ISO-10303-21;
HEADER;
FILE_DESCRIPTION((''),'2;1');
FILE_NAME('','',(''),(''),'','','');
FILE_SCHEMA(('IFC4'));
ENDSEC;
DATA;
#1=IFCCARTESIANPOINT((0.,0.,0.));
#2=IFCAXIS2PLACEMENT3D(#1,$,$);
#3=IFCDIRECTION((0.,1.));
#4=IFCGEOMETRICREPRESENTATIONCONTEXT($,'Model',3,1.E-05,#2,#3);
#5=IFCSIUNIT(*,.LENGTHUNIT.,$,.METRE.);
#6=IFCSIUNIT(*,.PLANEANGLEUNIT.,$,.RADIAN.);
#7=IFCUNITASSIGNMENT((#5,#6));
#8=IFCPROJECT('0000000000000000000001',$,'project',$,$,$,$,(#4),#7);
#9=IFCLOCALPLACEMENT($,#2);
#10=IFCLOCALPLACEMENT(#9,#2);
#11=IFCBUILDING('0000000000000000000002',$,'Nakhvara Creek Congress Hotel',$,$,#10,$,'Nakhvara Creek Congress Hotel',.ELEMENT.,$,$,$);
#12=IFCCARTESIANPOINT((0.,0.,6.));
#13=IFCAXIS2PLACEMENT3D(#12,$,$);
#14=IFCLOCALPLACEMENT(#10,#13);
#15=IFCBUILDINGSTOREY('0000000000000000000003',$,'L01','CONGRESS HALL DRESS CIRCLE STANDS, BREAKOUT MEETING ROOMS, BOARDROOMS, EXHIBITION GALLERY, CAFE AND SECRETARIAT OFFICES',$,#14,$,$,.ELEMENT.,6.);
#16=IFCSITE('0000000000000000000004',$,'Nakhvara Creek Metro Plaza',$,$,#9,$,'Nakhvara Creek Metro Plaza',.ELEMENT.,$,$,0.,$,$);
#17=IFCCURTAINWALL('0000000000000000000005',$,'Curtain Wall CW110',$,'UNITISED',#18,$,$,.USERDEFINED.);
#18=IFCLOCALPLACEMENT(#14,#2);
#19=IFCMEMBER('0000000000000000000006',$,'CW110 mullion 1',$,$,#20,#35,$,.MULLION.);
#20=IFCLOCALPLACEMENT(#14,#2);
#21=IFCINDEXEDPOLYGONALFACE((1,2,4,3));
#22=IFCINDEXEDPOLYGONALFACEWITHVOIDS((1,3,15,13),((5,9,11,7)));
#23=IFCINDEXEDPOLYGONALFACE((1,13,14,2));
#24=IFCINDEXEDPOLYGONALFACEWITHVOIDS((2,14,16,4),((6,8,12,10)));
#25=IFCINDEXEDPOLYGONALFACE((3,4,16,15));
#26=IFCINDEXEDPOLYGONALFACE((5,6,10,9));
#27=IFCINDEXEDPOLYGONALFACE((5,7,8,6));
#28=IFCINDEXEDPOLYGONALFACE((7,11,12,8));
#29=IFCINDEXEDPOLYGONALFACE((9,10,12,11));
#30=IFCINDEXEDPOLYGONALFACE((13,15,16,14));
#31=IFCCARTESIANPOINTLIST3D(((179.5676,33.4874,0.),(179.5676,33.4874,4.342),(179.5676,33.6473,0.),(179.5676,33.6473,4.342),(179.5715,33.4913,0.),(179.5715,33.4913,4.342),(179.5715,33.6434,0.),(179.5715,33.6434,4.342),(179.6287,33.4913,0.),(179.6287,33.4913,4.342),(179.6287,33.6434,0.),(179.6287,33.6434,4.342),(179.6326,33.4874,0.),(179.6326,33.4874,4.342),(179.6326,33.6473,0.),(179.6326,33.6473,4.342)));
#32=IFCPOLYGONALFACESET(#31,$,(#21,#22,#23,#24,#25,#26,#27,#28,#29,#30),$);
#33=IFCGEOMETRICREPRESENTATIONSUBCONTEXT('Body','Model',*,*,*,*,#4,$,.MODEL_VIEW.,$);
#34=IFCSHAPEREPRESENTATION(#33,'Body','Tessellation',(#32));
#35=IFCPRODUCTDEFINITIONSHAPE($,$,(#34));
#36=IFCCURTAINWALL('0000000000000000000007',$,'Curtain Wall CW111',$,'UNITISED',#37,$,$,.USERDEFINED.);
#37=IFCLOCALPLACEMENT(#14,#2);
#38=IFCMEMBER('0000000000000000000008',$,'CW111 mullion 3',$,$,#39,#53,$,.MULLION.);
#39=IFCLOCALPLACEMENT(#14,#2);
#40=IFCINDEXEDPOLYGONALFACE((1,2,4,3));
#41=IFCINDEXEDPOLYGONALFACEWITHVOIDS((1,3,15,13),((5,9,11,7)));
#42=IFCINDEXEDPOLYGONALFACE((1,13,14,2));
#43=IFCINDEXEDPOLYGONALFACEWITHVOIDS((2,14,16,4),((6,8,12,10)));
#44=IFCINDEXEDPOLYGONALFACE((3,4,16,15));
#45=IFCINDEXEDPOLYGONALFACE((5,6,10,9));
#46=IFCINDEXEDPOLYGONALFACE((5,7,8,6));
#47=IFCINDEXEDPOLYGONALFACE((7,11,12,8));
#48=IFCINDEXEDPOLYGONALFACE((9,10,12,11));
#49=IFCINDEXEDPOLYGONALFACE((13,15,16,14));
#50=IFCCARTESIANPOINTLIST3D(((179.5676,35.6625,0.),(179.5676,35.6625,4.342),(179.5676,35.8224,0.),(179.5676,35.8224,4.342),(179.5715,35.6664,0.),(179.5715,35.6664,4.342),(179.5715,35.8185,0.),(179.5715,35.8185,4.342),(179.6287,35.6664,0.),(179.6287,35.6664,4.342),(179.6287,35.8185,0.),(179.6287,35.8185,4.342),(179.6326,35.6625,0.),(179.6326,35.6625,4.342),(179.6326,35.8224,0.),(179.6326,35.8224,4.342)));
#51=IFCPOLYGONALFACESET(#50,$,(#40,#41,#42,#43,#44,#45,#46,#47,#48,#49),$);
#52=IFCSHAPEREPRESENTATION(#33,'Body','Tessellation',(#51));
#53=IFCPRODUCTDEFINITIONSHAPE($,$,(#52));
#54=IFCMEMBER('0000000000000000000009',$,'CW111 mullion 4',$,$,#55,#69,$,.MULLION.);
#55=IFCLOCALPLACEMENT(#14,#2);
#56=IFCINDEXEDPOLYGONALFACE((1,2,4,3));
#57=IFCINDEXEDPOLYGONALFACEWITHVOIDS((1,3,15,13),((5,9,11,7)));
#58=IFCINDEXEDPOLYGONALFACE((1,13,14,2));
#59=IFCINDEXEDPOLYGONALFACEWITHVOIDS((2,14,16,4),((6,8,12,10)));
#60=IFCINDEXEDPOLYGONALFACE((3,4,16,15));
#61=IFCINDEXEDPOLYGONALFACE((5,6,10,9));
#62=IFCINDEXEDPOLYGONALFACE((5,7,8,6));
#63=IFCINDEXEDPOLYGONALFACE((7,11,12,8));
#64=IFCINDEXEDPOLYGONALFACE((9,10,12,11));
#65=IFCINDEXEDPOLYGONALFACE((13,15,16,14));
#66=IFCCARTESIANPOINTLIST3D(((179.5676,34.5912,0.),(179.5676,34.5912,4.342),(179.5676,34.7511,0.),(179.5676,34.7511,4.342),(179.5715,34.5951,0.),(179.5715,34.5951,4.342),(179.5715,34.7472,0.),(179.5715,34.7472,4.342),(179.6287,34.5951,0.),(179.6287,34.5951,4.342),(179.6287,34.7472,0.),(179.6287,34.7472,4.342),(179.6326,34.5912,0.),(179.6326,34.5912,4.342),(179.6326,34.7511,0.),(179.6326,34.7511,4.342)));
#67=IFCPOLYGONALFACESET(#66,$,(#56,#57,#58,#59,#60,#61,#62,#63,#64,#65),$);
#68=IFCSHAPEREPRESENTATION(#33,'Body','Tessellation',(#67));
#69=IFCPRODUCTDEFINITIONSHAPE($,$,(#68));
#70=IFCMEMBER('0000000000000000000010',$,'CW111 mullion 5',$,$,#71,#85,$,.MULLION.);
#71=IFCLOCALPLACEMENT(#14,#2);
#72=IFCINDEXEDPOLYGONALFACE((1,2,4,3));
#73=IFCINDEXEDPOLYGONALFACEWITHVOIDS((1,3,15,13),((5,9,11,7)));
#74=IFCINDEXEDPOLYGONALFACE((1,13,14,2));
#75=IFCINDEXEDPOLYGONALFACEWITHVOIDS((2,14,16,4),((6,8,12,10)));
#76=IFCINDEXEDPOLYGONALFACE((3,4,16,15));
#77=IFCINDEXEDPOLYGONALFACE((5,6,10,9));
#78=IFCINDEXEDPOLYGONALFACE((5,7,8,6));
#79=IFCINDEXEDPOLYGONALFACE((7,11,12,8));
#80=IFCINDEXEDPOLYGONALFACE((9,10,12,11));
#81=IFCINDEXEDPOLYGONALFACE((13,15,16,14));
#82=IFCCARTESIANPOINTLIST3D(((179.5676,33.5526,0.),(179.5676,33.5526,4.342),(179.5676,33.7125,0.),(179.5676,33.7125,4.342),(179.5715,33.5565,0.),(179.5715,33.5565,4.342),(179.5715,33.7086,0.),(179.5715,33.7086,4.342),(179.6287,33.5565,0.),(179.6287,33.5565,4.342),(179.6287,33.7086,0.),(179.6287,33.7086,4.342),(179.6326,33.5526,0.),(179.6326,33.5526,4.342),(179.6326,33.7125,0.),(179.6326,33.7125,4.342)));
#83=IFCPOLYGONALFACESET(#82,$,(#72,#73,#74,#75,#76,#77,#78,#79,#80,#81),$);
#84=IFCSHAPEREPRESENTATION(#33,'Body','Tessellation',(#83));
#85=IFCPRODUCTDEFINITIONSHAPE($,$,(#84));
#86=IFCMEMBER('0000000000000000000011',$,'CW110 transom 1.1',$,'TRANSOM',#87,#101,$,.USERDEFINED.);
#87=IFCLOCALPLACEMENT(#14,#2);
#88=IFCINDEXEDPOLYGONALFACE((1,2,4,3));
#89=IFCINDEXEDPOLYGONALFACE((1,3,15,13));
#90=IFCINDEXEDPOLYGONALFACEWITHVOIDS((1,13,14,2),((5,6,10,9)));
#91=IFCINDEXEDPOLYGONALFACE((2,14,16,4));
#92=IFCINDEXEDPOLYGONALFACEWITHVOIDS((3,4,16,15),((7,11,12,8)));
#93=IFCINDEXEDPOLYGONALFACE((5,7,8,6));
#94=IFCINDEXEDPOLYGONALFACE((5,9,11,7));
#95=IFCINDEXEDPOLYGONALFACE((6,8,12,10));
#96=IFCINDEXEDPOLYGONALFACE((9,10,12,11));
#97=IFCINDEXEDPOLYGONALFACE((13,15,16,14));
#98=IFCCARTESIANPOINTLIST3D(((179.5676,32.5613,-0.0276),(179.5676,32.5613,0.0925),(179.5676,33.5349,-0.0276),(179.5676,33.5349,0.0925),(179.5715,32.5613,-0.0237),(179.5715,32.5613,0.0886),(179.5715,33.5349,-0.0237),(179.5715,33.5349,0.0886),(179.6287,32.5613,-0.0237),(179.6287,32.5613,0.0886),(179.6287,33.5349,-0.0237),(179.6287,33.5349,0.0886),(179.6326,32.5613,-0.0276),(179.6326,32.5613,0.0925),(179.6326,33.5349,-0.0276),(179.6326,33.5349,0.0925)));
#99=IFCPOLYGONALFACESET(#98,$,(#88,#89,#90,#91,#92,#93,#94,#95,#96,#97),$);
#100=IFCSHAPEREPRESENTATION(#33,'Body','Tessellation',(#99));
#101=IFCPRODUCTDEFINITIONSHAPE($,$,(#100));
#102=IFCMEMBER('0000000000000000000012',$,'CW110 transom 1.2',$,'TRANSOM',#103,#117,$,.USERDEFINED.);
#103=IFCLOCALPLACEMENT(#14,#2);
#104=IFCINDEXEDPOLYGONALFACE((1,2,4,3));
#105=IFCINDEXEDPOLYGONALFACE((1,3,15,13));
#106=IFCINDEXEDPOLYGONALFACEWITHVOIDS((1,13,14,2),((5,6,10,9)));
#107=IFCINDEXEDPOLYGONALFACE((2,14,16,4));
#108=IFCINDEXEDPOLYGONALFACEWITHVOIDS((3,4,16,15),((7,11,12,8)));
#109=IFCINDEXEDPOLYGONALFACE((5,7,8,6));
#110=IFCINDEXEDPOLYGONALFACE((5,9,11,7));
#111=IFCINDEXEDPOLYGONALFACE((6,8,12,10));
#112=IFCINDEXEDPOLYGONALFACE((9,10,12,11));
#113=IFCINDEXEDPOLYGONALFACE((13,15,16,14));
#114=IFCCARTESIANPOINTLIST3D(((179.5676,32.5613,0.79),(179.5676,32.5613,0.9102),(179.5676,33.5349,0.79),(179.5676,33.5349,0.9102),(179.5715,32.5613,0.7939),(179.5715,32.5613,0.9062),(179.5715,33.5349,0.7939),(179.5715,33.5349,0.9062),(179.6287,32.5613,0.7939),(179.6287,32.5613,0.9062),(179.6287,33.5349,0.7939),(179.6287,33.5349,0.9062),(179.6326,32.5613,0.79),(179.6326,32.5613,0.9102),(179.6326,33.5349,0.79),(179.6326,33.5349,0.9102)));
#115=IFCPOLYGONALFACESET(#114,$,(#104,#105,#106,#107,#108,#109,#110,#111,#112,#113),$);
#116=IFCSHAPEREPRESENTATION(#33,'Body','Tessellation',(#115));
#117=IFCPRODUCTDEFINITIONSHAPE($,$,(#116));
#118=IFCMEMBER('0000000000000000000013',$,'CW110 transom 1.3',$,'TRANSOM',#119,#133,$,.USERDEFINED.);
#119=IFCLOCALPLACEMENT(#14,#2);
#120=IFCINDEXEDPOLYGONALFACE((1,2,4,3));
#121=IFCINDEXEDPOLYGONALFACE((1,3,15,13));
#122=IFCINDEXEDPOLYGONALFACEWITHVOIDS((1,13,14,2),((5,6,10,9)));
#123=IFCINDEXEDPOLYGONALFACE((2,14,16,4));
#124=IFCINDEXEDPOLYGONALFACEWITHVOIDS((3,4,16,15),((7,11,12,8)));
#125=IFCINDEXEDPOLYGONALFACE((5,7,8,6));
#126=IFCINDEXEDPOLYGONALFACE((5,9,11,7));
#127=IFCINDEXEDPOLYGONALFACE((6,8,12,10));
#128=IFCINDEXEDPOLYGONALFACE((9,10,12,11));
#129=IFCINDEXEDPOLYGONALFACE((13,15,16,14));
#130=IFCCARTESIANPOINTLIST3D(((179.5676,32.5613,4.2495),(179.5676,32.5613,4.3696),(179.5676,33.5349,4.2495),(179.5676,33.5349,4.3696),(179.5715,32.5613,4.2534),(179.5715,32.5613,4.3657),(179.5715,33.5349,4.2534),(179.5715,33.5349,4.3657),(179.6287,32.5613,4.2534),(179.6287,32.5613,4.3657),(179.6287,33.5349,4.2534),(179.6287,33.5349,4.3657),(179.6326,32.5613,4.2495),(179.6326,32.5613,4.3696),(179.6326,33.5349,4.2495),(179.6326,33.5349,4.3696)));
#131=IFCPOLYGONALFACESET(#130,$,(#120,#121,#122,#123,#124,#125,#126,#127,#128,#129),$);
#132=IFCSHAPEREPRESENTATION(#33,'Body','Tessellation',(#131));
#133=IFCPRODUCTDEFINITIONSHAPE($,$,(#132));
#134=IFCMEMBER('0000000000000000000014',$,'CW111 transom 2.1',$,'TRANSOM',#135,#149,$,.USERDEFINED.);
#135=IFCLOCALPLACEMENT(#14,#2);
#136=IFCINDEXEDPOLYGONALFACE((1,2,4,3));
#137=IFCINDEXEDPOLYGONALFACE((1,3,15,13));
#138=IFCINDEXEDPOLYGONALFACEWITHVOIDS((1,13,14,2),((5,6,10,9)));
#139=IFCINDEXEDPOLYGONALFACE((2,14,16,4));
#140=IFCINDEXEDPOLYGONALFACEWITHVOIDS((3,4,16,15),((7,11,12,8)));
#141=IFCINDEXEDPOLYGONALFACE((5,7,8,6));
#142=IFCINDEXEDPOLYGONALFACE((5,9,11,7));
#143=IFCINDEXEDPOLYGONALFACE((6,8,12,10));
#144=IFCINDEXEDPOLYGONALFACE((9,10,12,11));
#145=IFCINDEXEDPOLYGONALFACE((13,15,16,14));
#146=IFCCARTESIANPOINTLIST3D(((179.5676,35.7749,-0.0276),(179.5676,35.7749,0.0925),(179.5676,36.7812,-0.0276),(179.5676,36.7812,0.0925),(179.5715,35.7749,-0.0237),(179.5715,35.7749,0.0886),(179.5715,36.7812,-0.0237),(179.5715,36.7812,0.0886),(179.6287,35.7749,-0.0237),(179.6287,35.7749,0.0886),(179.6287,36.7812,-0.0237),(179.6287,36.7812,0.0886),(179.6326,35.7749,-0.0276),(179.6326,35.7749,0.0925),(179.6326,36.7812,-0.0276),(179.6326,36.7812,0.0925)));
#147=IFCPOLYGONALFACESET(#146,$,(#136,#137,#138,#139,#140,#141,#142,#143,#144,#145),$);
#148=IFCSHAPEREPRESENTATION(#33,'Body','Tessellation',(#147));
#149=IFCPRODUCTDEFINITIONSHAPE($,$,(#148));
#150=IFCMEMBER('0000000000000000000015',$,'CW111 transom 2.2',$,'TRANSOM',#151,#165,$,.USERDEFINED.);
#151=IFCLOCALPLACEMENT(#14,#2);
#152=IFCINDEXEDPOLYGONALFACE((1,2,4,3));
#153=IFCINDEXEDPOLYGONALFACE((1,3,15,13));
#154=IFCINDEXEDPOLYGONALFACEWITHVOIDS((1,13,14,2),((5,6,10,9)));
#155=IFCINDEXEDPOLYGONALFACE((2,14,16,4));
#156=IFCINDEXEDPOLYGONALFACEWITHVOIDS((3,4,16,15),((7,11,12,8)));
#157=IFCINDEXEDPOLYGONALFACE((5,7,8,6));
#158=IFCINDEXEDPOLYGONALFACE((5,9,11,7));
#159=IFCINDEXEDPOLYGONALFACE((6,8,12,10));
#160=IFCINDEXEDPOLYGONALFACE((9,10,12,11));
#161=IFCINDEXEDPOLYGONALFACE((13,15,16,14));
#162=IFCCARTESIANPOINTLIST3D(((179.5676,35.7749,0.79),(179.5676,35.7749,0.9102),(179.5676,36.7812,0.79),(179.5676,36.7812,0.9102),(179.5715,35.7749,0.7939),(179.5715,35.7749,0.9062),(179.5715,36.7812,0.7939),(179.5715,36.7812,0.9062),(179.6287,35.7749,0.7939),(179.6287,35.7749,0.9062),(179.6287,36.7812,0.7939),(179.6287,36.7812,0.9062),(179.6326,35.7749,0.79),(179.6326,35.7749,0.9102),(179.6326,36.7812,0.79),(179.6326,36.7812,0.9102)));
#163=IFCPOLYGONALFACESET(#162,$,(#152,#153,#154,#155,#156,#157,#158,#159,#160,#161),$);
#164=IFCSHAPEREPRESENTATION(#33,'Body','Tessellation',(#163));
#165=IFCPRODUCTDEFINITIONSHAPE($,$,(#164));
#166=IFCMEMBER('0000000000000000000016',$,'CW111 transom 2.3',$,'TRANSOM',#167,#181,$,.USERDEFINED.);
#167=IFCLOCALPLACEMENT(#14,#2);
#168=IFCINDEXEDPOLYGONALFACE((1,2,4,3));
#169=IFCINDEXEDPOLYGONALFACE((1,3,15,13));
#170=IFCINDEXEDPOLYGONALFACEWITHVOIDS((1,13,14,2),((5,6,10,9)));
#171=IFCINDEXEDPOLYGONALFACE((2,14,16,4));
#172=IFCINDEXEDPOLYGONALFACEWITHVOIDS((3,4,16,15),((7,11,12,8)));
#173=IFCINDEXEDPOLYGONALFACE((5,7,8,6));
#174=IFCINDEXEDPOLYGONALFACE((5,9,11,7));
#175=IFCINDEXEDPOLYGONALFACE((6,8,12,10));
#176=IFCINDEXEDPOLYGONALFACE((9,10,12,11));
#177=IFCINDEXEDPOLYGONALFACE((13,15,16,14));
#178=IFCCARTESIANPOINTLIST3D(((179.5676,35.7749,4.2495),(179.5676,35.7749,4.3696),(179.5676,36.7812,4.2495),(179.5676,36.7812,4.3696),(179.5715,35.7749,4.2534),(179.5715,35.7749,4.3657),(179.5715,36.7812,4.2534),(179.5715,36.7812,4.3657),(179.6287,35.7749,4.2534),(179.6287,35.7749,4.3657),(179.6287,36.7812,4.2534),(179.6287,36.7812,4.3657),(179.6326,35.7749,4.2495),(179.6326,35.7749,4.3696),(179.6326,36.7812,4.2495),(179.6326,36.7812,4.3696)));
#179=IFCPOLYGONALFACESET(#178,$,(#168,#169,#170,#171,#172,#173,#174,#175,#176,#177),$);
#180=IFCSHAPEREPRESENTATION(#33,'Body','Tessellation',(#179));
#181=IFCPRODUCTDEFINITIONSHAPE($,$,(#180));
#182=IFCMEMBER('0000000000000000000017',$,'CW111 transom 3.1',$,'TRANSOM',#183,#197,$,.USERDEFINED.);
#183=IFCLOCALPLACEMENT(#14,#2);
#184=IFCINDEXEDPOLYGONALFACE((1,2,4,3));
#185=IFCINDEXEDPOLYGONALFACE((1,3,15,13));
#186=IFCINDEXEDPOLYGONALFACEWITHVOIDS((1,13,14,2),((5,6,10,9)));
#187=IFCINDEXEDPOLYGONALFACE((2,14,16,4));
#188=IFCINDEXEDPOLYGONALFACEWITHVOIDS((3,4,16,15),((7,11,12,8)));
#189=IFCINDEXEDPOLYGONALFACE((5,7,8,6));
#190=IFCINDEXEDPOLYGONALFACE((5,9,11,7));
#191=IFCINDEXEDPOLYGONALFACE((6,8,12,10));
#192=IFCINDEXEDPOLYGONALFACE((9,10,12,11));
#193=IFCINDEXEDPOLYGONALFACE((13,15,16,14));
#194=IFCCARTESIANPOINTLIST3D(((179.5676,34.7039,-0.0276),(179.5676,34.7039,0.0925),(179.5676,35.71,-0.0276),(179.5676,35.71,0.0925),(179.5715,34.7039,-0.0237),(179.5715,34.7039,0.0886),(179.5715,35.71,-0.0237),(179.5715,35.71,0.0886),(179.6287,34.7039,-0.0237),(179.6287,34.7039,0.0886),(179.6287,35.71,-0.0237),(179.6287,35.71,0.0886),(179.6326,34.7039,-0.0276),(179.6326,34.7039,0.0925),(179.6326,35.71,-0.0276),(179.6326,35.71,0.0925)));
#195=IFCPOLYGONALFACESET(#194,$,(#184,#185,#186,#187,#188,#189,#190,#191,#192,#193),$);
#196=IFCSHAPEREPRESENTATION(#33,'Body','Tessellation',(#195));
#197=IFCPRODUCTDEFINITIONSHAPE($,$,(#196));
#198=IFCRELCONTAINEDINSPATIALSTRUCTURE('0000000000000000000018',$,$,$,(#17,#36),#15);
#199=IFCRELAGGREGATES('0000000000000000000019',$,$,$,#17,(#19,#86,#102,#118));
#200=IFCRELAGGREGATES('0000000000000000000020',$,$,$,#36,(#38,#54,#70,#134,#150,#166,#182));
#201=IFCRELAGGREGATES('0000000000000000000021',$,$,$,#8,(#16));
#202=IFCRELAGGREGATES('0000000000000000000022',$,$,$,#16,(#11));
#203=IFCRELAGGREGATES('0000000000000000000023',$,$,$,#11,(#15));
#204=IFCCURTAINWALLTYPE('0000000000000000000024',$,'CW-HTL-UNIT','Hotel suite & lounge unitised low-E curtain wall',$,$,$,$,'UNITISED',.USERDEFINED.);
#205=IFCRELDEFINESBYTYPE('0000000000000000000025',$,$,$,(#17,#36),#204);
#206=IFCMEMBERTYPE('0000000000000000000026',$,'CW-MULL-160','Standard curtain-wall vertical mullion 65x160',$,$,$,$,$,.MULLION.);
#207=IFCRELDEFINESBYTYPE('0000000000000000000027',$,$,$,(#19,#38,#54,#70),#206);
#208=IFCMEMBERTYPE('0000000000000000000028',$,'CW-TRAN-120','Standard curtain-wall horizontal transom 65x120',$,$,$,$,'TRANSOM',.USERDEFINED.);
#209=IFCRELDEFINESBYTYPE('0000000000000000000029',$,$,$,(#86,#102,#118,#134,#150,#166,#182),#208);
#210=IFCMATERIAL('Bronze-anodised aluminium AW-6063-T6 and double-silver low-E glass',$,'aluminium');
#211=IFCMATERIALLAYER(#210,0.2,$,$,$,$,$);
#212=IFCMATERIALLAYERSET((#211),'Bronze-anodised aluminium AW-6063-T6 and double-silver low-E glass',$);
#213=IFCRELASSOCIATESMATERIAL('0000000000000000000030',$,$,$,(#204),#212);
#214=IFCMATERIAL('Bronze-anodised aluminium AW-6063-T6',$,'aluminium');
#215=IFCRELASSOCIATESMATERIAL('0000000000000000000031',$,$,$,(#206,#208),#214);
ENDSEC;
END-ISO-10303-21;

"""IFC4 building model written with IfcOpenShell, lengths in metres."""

from ifc_helpers import new_model, si_unit, direction, frame, origin, origin_2d, place, context, subcontext, project, spatial, hollow_rectangle, extrude, material, layer, layer_set, material_profile, profile_set, type_object, element, aggregate, save


model = new_model("IFC4")

# Units and contexts
model_context = context("Model", 3, precision=1e-05, world=origin(), true_north=direction((0.0, 1.0)))
body_context = subcontext(model_context, "Body", "Model", "MODEL_VIEW")
ifc_project = project(units=[si_unit("LENGTHUNIT", "METRE"), si_unit("PLANEANGLEUNIT", "RADIAN")], contexts=[model_context])

# Site, building, storey
site_placement = place(None, origin())
site = spatial("IfcSite", under=ifc_project, at=site_placement, Name="Nakhvara Creek Metro Plaza", LongName="Nakhvara Creek Metro Plaza", CompositionType="ELEMENT", RefElevation=0.0)
building_placement = place(site_placement, origin())
building = spatial("IfcBuilding", under=site, at=building_placement, Name="Nakhvara Creek Congress Hotel", LongName="Nakhvara Creek Congress Hotel", CompositionType="ELEMENT")
storey_placement = place(building_placement, frame((0.0, 0.0, 6.0)))
storey = spatial("IfcBuildingStorey", under=building, at=storey_placement, Name="L01", Description="CONGRESS HALL DRESS CIRCLE STANDS, BREAKOUT MEETING ROOMS, BOARDROOMS, EXHIBITION GALLERY, CAFE AND SECRETARIAT OFFICES", CompositionType="ELEMENT", Elevation=6.0)

# Curtain wall, member
ifc_material_1 = material(Name="Bronze-anodised aluminium AW-6063-T6 and double-silver low-E glass", Category="aluminium")
ifc_layer = layer(ifc_material_1, 0.2)
ifc_layer_set = layer_set([ifc_layer], Name="Bronze-anodised aluminium AW-6063-T6 and double-silver low-E glass")
curtain_wall_type = type_object("IfcCurtainWallType", Name="CW-HTL-UNIT", Description="Hotel suite & lounge unitised low-E curtain wall", ElementType="UNITISED", PredefinedType="USERDEFINED", material=ifc_layer_set)
curtain_wall_1_placement = place(storey_placement, origin())
curtain_wall_1 = element("IfcCurtainWall", 1, at=curtain_wall_1_placement, inside=storey, type_object=curtain_wall_type, Name="Curtain Wall CW110", ObjectType="UNITISED", PredefinedType="USERDEFINED")
ifc_material_2 = material(Name="Bronze-anodised aluminium AW-6063-T6", Category="aluminium")
ifc_material_profile_1 = material_profile(ifc_material_2, hollow_rectangle(XDim=0.0649, YDim=0.1599, WallThickness=0.0039, at=origin_2d()), Name="ALU-MULL 65x160x4", Category="LoadBearing")
ifc_profile_set_1 = profile_set([ifc_material_profile_1], Name="Bronze-anodised aluminium AW-6063-T6")
member_type_1 = type_object("IfcMemberType", Name="CW-MULL-160", Description="Standard curtain-wall vertical mullion 65x160", PredefinedType="MULLION", material=ifc_profile_set_1)
member_1_placement = place(storey_placement, frame((179.6001, 33.5674, 0.0), z_axis=(0.0, 0.0, 1.0), x_axis=(1.0, 0.0, 0.0)))
member_1 = element("IfcMember", 2, at=member_1_placement, type_object=member_type_1, Name="CW110 mullion 1", PredefinedType="MULLION", context=body_context, shape_type="SweptSolid", body=[
    extrude(hollow_rectangle(XDim=0.0649, YDim=0.1599, WallThickness=0.0039, at=origin_2d()), origin(), (0.0, 0.0, 1.0), 4.342),
])

# Curtain wall, members
curtain_wall_2_placement = place(storey_placement, origin())
curtain_wall_2 = element("IfcCurtainWall", 3, at=curtain_wall_2_placement, inside=storey, type_object=curtain_wall_type, Name="Curtain Wall CW111", ObjectType="UNITISED", PredefinedType="USERDEFINED")
member_2_placement = place(storey_placement, frame((179.6001, 35.7424, 0.0), z_axis=(0.0, 0.0, 1.0), x_axis=(1.0, 0.0, 0.0)))
member_2 = element("IfcMember", 4, at=member_2_placement, type_object=member_type_1, Name="CW111 mullion 3", PredefinedType="MULLION", context=body_context, shape_type="SweptSolid", body=[
    extrude(hollow_rectangle(XDim=0.0649, YDim=0.1599, WallThickness=0.0039, at=origin_2d()), origin(), (0.0, 0.0, 1.0), 4.342),
])
member_3_placement = place(storey_placement, frame((179.6001, 34.6711, 0.0), z_axis=(0.0, 0.0, 1.0), x_axis=(1.0, 0.0, 0.0)))
member_3 = element("IfcMember", 5, at=member_3_placement, type_object=member_type_1, Name="CW111 mullion 4", PredefinedType="MULLION", context=body_context, shape_type="SweptSolid", body=[
    extrude(hollow_rectangle(XDim=0.0649, YDim=0.1599, WallThickness=0.0039, at=origin_2d()), origin(), (0.0, 0.0, 1.0), 4.342),
])
member_4_placement = place(storey_placement, frame((179.6001, 33.6326, 0.0), z_axis=(0.0, 0.0, 1.0), x_axis=(1.0, 0.0, 0.0)))
member_4 = element("IfcMember", 6, at=member_4_placement, type_object=member_type_1, Name="CW111 mullion 5", PredefinedType="MULLION", context=body_context, shape_type="SweptSolid", body=[
    extrude(hollow_rectangle(XDim=0.0649, YDim=0.1599, WallThickness=0.0039, at=origin_2d()), origin(), (0.0, 0.0, 1.0), 4.342),
])

# Members
ifc_material_profile_2 = material_profile(ifc_material_2, hollow_rectangle(XDim=0.0649, YDim=0.1201, WallThickness=0.0039, at=origin_2d()), Name="ALU-TRAN 65x120x4", Category="LoadBearing")
ifc_profile_set_2 = profile_set([ifc_material_profile_2], Name="Bronze-anodised aluminium AW-6063-T6")
member_type_2 = type_object("IfcMemberType", Name="CW-TRAN-120", Description="Standard curtain-wall horizontal transom 65x120", ElementType="TRANSOM", PredefinedType="USERDEFINED", material=ifc_profile_set_2)
member_5_placement = place(storey_placement, frame((179.6001, 33.5349, 0.0325), z_axis=(0.0, -1.0, 0.0), x_axis=(1.0, 0.0, 0.0)))
member_5 = element("IfcMember", 7, at=member_5_placement, type_object=member_type_2, Name="CW110 transom 1.1", ObjectType="TRANSOM", PredefinedType="USERDEFINED", context=body_context, shape_type="SweptSolid", body=[
    extrude(hollow_rectangle(XDim=0.0649, YDim=0.1201, WallThickness=0.0039, at=origin_2d()), origin(), (0.0, 0.0, 1.0), 0.9736),
])
member_6_placement = place(storey_placement, frame((179.6001, 33.5349, 0.8501), z_axis=(0.0, -1.0, 0.0), x_axis=(1.0, 0.0, 0.0)))
member_6 = element("IfcMember", 8, at=member_6_placement, type_object=member_type_2, Name="CW110 transom 1.2", ObjectType="TRANSOM", PredefinedType="USERDEFINED", context=body_context, shape_type="SweptSolid", body=[
    extrude(hollow_rectangle(XDim=0.0649, YDim=0.1201, WallThickness=0.0039, at=origin_2d()), origin(), (0.0, 0.0, 1.0), 0.9736),
])
member_7_placement = place(storey_placement, frame((179.6001, 33.5349, 4.3096), z_axis=(0.0, -1.0, 0.0), x_axis=(1.0, 0.0, 0.0)))
member_7 = element("IfcMember", 9, at=member_7_placement, type_object=member_type_2, Name="CW110 transom 1.3", ObjectType="TRANSOM", PredefinedType="USERDEFINED", context=body_context, shape_type="SweptSolid", body=[
    extrude(hollow_rectangle(XDim=0.0649, YDim=0.1201, WallThickness=0.0039, at=origin_2d()), origin(), (0.0, 0.0, 1.0), 0.9736),
])
member_8_placement = place(storey_placement, frame((179.6001, 36.7812, 0.0325), z_axis=(0.0, -1.0, 0.0), x_axis=(1.0, 0.0, 0.0)))
member_8 = element("IfcMember", 10, at=member_8_placement, type_object=member_type_2, Name="CW111 transom 2.1", ObjectType="TRANSOM", PredefinedType="USERDEFINED", context=body_context, shape_type="SweptSolid", body=[
    extrude(hollow_rectangle(XDim=0.0649, YDim=0.1201, WallThickness=0.0039, at=origin_2d()), origin(), (0.0, 0.0, 1.0), 1.0063),
])
member_9_placement = place(storey_placement, frame((179.6001, 36.7812, 0.8501), z_axis=(0.0, -1.0, 0.0), x_axis=(1.0, 0.0, 0.0)))
member_9 = element("IfcMember", 11, at=member_9_placement, type_object=member_type_2, Name="CW111 transom 2.2", ObjectType="TRANSOM", PredefinedType="USERDEFINED", context=body_context, shape_type="SweptSolid", body=[
    extrude(hollow_rectangle(XDim=0.0649, YDim=0.1201, WallThickness=0.0039, at=origin_2d()), origin(), (0.0, 0.0, 1.0), 1.0063),
])
member_10_placement = place(storey_placement, frame((179.6001, 36.7812, 4.3096), z_axis=(0.0, -1.0, 0.0), x_axis=(1.0, 0.0, 0.0)))
member_10 = element("IfcMember", 12, at=member_10_placement, type_object=member_type_2, Name="CW111 transom 2.3", ObjectType="TRANSOM", PredefinedType="USERDEFINED", context=body_context, shape_type="SweptSolid", body=[
    extrude(hollow_rectangle(XDim=0.0649, YDim=0.1201, WallThickness=0.0039, at=origin_2d()), origin(), (0.0, 0.0, 1.0), 1.0063),
])
member_11_placement = place(storey_placement, frame((179.6001, 35.71, 0.0325), z_axis=(0.0, -1.0, 0.0), x_axis=(1.0, 0.0, 0.0)))
member_11 = element("IfcMember", 13, at=member_11_placement, type_object=member_type_2, Name="CW111 transom 3.1", ObjectType="TRANSOM", PredefinedType="USERDEFINED", context=body_context, shape_type="SweptSolid", body=[
    extrude(hollow_rectangle(XDim=0.0649, YDim=0.1201, WallThickness=0.0039, at=origin_2d()), origin(), (0.0, 0.0, 1.0), 1.0061),
])

aggregate(curtain_wall_1, [member_1, member_5, member_6, member_7])
aggregate(curtain_wall_2, [member_2, member_3, member_4, member_8, member_9, member_10, member_11])

save(model, "model.ifc")
